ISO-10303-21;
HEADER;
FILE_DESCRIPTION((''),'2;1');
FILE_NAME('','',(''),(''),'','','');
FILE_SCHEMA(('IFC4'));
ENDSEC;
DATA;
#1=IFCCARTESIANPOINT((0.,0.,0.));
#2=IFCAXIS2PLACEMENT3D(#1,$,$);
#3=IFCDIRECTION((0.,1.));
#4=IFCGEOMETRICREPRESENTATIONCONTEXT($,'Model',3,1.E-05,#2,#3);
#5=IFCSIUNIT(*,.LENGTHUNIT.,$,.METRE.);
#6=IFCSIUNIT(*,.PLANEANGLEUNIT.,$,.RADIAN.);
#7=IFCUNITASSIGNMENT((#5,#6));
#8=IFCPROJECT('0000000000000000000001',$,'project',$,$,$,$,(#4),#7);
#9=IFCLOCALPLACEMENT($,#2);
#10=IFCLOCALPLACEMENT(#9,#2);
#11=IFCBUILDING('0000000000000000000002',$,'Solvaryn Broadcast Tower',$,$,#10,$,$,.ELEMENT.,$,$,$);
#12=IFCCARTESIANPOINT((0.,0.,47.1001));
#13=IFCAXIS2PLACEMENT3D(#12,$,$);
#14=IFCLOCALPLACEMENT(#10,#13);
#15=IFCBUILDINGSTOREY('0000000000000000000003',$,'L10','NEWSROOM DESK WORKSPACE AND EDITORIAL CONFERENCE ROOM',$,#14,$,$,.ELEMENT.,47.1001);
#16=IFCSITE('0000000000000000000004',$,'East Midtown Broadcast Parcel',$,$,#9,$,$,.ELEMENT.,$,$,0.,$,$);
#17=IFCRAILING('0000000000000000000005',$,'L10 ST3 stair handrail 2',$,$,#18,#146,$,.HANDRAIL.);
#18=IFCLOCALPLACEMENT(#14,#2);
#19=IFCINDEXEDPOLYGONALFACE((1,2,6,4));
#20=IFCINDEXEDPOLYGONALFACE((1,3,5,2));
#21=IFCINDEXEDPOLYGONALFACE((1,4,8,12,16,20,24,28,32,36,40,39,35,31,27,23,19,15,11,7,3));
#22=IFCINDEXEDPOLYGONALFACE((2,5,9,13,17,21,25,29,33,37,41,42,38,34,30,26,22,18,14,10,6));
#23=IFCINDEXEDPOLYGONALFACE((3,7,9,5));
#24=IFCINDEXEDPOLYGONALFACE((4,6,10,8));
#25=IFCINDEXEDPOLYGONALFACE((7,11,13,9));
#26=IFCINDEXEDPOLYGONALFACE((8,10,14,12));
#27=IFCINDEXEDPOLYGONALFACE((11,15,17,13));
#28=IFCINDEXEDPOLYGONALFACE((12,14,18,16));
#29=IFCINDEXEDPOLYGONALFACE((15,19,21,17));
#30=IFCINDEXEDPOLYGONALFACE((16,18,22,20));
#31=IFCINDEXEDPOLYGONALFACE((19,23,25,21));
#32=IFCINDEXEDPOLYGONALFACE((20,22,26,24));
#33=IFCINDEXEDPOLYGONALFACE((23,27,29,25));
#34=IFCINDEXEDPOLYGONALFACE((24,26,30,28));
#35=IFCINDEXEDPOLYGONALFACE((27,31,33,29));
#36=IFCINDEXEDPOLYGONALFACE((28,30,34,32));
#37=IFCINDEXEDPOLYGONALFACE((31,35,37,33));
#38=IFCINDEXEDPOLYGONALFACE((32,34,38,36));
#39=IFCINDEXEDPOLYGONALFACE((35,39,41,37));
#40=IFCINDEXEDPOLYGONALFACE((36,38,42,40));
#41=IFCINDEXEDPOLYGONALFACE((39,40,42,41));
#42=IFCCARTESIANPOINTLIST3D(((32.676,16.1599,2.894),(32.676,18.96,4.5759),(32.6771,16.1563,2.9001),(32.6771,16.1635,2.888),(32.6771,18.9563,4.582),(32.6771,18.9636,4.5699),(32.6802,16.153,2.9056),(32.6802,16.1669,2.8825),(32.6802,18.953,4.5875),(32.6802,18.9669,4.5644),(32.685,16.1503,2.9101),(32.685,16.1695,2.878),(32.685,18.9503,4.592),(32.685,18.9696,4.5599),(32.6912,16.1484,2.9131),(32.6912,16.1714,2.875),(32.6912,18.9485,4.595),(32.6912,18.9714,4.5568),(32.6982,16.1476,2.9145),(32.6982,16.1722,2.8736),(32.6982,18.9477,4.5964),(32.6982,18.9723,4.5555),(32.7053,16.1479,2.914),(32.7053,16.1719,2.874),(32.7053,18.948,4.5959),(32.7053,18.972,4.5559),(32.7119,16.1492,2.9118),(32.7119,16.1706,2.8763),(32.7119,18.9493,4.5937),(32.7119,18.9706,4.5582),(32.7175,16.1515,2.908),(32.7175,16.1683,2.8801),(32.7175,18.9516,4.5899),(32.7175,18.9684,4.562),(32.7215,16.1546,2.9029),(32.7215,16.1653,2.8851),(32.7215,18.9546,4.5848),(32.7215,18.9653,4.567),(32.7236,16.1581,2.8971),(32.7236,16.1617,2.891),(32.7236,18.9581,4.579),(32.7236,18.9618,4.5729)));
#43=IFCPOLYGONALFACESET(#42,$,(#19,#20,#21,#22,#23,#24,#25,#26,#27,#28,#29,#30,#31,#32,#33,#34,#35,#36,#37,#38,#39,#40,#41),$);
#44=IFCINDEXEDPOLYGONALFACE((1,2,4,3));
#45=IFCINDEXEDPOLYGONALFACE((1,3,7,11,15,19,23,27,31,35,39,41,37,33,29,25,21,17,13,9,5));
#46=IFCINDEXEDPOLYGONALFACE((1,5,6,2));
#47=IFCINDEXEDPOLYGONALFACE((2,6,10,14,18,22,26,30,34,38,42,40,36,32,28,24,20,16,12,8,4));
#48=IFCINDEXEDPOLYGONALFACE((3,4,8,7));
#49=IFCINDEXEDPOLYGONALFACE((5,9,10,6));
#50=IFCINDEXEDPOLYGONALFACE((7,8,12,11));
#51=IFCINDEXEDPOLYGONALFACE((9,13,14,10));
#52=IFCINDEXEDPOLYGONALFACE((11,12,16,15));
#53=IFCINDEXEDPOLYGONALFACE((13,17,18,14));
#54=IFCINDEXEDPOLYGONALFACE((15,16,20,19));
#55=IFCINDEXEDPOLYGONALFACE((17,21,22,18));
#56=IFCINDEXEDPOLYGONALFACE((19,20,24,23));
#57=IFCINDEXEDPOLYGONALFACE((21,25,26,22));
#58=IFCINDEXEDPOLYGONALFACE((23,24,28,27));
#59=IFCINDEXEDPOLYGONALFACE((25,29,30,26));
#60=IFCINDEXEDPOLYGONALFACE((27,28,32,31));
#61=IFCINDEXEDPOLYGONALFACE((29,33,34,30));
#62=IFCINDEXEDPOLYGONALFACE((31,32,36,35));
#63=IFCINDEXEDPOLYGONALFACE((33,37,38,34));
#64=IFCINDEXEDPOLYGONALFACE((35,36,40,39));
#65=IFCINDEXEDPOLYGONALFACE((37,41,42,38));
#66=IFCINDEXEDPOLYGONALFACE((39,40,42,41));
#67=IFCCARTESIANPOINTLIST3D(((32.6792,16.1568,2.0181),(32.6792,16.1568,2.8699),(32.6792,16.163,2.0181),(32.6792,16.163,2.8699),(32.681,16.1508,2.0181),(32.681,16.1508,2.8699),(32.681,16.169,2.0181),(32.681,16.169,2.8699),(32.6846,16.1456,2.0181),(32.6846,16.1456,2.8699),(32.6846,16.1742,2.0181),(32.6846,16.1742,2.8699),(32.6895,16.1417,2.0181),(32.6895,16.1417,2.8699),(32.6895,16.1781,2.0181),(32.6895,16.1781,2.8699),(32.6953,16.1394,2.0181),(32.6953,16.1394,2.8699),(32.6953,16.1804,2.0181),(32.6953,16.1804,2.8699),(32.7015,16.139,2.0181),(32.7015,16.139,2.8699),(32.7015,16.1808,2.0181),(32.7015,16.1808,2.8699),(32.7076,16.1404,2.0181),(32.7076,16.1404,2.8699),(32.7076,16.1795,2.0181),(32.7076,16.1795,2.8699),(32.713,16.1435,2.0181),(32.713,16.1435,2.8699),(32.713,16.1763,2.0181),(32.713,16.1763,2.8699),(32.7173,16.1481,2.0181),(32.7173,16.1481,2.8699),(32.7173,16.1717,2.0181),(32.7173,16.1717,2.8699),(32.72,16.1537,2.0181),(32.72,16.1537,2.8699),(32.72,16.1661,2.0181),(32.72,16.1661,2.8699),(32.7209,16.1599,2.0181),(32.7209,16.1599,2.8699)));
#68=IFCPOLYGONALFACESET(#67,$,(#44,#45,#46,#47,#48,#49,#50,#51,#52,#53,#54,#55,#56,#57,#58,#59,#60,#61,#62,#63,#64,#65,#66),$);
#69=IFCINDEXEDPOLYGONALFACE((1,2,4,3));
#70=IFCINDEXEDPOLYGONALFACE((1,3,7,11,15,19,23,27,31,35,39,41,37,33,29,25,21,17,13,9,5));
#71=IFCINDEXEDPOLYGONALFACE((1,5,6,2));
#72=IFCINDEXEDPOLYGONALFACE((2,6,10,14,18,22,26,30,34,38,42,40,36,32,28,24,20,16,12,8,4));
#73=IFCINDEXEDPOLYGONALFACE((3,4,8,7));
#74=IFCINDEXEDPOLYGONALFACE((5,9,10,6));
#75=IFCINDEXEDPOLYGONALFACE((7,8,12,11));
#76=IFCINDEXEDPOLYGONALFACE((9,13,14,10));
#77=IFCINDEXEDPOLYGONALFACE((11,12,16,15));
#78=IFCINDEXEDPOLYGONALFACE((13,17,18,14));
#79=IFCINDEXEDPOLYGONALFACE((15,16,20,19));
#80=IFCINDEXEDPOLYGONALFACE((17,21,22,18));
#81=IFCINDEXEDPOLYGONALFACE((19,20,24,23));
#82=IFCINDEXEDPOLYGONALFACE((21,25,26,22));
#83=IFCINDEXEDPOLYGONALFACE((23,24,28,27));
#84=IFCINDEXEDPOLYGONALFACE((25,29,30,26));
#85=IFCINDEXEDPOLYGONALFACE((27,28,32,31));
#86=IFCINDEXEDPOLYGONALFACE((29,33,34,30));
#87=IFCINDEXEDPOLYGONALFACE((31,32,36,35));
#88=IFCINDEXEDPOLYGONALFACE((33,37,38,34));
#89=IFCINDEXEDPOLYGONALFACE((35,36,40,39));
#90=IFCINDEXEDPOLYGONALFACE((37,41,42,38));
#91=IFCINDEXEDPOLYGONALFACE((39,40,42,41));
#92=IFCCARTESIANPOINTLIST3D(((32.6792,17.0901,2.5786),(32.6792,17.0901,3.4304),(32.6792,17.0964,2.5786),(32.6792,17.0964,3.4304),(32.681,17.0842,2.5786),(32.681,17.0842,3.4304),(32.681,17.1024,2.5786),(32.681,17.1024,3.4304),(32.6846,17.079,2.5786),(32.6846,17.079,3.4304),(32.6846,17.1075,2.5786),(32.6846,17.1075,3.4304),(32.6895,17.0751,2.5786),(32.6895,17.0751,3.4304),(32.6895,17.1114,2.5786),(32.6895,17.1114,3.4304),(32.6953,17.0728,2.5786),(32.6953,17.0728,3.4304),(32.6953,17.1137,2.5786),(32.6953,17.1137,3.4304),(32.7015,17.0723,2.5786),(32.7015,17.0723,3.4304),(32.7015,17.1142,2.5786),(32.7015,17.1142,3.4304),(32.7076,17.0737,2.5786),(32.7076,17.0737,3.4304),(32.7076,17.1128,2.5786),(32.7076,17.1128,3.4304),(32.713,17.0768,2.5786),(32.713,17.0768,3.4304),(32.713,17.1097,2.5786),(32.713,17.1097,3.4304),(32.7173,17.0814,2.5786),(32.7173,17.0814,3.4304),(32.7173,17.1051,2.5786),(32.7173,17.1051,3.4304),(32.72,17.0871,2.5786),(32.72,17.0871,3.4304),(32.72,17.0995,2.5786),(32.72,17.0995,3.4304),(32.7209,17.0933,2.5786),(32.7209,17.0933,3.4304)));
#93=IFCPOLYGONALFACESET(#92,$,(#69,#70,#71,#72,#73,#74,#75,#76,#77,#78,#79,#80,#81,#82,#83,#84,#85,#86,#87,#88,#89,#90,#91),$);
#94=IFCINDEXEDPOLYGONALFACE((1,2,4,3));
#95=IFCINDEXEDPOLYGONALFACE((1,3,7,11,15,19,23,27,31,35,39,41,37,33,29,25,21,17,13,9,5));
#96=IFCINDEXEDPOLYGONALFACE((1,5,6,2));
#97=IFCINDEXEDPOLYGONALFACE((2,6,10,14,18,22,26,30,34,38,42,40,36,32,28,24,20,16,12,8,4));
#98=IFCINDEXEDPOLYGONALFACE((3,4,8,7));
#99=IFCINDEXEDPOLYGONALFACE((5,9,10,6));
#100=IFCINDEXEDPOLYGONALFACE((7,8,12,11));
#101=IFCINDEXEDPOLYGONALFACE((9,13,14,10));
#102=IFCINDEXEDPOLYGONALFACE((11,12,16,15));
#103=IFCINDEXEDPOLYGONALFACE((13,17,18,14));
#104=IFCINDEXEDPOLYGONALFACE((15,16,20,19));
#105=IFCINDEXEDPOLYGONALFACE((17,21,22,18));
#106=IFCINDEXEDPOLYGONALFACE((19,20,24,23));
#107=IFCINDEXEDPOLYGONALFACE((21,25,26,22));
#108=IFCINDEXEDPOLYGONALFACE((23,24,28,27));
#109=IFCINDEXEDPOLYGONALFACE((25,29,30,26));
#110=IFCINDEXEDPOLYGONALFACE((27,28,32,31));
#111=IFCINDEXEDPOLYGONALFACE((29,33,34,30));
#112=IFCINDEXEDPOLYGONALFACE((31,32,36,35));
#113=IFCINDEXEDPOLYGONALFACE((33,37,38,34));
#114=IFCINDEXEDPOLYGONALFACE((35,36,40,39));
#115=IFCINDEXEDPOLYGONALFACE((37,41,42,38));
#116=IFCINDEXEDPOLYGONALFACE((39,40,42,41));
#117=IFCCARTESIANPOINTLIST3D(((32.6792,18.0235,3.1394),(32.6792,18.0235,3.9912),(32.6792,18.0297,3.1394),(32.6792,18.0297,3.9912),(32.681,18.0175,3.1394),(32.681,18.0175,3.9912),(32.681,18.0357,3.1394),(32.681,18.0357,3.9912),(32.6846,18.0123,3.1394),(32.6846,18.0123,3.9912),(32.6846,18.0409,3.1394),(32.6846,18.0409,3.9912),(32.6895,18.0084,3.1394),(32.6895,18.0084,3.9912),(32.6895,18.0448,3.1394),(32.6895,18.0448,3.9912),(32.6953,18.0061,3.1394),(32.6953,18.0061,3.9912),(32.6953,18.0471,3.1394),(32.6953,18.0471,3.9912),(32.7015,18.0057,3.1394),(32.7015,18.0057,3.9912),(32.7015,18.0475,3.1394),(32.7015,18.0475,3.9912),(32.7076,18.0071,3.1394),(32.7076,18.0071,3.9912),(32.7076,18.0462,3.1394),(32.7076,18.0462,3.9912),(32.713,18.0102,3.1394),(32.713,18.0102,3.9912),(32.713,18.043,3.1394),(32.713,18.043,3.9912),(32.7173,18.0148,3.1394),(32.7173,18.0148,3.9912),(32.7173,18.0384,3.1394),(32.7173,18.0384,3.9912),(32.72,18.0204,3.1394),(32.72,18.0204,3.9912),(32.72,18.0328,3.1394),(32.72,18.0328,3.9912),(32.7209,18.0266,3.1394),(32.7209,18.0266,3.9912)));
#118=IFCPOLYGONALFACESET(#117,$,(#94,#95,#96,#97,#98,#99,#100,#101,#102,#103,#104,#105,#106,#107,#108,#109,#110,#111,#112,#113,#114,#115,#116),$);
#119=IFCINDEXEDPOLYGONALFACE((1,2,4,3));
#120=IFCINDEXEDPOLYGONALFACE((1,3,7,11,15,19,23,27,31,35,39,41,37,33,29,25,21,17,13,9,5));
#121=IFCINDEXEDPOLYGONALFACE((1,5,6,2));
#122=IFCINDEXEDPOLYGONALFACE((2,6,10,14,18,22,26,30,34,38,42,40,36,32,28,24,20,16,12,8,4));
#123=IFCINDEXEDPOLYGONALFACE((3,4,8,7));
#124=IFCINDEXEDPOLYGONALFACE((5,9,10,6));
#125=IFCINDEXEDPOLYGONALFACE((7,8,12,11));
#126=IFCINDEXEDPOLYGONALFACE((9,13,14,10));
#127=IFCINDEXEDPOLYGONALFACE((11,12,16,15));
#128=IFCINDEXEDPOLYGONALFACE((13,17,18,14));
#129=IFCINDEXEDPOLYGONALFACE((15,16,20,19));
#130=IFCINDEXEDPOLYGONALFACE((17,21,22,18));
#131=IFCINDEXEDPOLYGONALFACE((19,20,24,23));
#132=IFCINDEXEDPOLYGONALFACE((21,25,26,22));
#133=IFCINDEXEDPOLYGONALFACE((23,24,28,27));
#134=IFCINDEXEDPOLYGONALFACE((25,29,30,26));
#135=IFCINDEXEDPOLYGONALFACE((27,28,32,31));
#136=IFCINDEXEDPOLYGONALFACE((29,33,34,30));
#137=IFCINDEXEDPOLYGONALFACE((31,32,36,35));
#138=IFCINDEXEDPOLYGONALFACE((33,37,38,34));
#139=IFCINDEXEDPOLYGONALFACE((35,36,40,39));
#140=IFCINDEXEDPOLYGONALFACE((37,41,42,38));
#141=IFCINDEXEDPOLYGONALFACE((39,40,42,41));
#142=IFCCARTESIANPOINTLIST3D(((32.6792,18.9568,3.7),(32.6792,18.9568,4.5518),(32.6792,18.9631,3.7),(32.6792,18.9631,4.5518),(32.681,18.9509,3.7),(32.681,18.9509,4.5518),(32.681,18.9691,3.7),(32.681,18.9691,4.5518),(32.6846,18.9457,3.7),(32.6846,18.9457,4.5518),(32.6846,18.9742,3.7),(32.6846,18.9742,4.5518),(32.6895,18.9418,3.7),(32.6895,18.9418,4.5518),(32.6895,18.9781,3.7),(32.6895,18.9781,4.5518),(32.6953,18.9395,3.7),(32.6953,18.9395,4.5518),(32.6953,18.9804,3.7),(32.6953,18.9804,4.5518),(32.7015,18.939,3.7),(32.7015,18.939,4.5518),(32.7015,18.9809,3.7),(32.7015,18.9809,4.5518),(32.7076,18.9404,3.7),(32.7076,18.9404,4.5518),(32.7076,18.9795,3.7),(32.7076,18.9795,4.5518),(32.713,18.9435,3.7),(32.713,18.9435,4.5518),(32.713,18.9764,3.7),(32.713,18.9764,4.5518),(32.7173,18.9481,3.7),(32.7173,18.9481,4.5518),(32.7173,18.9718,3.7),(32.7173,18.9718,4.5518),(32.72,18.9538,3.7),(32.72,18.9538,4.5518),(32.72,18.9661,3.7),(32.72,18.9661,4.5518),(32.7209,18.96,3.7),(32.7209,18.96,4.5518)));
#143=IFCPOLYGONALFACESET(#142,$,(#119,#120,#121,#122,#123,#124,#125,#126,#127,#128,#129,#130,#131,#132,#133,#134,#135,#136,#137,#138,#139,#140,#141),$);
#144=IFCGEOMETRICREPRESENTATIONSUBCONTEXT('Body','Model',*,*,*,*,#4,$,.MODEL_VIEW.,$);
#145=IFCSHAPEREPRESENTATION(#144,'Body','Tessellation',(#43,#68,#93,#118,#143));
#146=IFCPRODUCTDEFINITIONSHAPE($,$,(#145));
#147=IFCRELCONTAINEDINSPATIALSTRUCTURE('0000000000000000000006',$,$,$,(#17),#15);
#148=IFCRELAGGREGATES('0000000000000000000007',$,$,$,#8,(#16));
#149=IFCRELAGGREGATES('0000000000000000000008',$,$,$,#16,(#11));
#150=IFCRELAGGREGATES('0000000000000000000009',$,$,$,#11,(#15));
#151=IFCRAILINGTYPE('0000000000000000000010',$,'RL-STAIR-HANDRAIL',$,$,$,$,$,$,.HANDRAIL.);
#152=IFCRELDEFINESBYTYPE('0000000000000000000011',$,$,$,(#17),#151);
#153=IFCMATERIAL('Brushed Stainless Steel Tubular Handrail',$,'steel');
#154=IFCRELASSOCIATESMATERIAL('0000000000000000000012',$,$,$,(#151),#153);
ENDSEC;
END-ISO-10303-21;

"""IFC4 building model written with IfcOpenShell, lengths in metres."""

from ifc_helpers import new_model, si_unit, direction, frame, origin, origin_2d, place, context, subcontext, project, spatial, circle, extrude, material, type_object, element, save


model = new_model("IFC4")

# Units and contexts
model_context = context("Model", 3, precision=1e-05, world=origin(), true_north=direction((0.0, 1.0)))
body_context = subcontext(model_context, "Body", "Model", "MODEL_VIEW")
ifc_project = project(units=[si_unit("LENGTHUNIT", "METRE"), si_unit("PLANEANGLEUNIT", "RADIAN")], contexts=[model_context])

# Site, building, storey
site_placement = place(None, origin())
site = spatial("IfcSite", under=ifc_project, at=site_placement, Name="East Midtown Broadcast Parcel", CompositionType="ELEMENT", RefElevation=0.0)
building_placement = place(site_placement, origin())
building = spatial("IfcBuilding", under=site, at=building_placement, Name="Solvaryn Broadcast Tower", CompositionType="ELEMENT")
storey_placement = place(building_placement, frame((0.0, 0.0, 47.1001)))
storey = spatial("IfcBuildingStorey", under=building, at=storey_placement, Name="L10", Description="NEWSROOM DESK WORKSPACE AND EDITORIAL CONFERENCE ROOM", CompositionType="ELEMENT", Elevation=47.1001)

# Railing
ifc_material_1 = material(Name="Brushed Stainless Steel Tubular Handrail", Category="steel")
railing_type_1 = type_object("IfcRailingType", Name="RL-STAIR-HANDRAIL", PredefinedType="HANDRAIL", material=ifc_material_1)
railing_1_placement = place(storey_placement, frame((32.7, 16.1599, 2.0181)))
element("IfcRailing", 1, at=railing_1_placement, inside=storey, type_object=railing_type_1, Name="L10 ST3 stair handrail 2", PredefinedType="HANDRAIL", context=body_context, shape_type="SweptSolid", body=[
    extrude(circle(Radius=0.0239, at=origin_2d()), frame((0.0, 0.0, 0.876), z_axis=(0.0, 0.857242, 0.514913), x_axis=(-1.0, 0.0, 0.0)), (0.0, 0.0, 1.0), 3.2664),
    extrude(circle(Radius=0.021, at=origin_2d()), origin(), (0.0, 0.0, 1.0), 0.8518),
    extrude(circle(Radius=0.021, at=origin_2d()), frame((0.0, 0.9333, 0.5605)), (0.0, 0.0, 1.0), 0.8518),
    extrude(circle(Radius=0.021, at=origin_2d()), frame((0.0, 1.8667, 1.1213)), (0.0, 0.0, 1.0), 0.8518),
    extrude(circle(Radius=0.021, at=origin_2d()), frame((0.0, 2.8, 1.6819)), (0.0, 0.0, 1.0), 0.8518),
])

save(model, "model.ifc")
